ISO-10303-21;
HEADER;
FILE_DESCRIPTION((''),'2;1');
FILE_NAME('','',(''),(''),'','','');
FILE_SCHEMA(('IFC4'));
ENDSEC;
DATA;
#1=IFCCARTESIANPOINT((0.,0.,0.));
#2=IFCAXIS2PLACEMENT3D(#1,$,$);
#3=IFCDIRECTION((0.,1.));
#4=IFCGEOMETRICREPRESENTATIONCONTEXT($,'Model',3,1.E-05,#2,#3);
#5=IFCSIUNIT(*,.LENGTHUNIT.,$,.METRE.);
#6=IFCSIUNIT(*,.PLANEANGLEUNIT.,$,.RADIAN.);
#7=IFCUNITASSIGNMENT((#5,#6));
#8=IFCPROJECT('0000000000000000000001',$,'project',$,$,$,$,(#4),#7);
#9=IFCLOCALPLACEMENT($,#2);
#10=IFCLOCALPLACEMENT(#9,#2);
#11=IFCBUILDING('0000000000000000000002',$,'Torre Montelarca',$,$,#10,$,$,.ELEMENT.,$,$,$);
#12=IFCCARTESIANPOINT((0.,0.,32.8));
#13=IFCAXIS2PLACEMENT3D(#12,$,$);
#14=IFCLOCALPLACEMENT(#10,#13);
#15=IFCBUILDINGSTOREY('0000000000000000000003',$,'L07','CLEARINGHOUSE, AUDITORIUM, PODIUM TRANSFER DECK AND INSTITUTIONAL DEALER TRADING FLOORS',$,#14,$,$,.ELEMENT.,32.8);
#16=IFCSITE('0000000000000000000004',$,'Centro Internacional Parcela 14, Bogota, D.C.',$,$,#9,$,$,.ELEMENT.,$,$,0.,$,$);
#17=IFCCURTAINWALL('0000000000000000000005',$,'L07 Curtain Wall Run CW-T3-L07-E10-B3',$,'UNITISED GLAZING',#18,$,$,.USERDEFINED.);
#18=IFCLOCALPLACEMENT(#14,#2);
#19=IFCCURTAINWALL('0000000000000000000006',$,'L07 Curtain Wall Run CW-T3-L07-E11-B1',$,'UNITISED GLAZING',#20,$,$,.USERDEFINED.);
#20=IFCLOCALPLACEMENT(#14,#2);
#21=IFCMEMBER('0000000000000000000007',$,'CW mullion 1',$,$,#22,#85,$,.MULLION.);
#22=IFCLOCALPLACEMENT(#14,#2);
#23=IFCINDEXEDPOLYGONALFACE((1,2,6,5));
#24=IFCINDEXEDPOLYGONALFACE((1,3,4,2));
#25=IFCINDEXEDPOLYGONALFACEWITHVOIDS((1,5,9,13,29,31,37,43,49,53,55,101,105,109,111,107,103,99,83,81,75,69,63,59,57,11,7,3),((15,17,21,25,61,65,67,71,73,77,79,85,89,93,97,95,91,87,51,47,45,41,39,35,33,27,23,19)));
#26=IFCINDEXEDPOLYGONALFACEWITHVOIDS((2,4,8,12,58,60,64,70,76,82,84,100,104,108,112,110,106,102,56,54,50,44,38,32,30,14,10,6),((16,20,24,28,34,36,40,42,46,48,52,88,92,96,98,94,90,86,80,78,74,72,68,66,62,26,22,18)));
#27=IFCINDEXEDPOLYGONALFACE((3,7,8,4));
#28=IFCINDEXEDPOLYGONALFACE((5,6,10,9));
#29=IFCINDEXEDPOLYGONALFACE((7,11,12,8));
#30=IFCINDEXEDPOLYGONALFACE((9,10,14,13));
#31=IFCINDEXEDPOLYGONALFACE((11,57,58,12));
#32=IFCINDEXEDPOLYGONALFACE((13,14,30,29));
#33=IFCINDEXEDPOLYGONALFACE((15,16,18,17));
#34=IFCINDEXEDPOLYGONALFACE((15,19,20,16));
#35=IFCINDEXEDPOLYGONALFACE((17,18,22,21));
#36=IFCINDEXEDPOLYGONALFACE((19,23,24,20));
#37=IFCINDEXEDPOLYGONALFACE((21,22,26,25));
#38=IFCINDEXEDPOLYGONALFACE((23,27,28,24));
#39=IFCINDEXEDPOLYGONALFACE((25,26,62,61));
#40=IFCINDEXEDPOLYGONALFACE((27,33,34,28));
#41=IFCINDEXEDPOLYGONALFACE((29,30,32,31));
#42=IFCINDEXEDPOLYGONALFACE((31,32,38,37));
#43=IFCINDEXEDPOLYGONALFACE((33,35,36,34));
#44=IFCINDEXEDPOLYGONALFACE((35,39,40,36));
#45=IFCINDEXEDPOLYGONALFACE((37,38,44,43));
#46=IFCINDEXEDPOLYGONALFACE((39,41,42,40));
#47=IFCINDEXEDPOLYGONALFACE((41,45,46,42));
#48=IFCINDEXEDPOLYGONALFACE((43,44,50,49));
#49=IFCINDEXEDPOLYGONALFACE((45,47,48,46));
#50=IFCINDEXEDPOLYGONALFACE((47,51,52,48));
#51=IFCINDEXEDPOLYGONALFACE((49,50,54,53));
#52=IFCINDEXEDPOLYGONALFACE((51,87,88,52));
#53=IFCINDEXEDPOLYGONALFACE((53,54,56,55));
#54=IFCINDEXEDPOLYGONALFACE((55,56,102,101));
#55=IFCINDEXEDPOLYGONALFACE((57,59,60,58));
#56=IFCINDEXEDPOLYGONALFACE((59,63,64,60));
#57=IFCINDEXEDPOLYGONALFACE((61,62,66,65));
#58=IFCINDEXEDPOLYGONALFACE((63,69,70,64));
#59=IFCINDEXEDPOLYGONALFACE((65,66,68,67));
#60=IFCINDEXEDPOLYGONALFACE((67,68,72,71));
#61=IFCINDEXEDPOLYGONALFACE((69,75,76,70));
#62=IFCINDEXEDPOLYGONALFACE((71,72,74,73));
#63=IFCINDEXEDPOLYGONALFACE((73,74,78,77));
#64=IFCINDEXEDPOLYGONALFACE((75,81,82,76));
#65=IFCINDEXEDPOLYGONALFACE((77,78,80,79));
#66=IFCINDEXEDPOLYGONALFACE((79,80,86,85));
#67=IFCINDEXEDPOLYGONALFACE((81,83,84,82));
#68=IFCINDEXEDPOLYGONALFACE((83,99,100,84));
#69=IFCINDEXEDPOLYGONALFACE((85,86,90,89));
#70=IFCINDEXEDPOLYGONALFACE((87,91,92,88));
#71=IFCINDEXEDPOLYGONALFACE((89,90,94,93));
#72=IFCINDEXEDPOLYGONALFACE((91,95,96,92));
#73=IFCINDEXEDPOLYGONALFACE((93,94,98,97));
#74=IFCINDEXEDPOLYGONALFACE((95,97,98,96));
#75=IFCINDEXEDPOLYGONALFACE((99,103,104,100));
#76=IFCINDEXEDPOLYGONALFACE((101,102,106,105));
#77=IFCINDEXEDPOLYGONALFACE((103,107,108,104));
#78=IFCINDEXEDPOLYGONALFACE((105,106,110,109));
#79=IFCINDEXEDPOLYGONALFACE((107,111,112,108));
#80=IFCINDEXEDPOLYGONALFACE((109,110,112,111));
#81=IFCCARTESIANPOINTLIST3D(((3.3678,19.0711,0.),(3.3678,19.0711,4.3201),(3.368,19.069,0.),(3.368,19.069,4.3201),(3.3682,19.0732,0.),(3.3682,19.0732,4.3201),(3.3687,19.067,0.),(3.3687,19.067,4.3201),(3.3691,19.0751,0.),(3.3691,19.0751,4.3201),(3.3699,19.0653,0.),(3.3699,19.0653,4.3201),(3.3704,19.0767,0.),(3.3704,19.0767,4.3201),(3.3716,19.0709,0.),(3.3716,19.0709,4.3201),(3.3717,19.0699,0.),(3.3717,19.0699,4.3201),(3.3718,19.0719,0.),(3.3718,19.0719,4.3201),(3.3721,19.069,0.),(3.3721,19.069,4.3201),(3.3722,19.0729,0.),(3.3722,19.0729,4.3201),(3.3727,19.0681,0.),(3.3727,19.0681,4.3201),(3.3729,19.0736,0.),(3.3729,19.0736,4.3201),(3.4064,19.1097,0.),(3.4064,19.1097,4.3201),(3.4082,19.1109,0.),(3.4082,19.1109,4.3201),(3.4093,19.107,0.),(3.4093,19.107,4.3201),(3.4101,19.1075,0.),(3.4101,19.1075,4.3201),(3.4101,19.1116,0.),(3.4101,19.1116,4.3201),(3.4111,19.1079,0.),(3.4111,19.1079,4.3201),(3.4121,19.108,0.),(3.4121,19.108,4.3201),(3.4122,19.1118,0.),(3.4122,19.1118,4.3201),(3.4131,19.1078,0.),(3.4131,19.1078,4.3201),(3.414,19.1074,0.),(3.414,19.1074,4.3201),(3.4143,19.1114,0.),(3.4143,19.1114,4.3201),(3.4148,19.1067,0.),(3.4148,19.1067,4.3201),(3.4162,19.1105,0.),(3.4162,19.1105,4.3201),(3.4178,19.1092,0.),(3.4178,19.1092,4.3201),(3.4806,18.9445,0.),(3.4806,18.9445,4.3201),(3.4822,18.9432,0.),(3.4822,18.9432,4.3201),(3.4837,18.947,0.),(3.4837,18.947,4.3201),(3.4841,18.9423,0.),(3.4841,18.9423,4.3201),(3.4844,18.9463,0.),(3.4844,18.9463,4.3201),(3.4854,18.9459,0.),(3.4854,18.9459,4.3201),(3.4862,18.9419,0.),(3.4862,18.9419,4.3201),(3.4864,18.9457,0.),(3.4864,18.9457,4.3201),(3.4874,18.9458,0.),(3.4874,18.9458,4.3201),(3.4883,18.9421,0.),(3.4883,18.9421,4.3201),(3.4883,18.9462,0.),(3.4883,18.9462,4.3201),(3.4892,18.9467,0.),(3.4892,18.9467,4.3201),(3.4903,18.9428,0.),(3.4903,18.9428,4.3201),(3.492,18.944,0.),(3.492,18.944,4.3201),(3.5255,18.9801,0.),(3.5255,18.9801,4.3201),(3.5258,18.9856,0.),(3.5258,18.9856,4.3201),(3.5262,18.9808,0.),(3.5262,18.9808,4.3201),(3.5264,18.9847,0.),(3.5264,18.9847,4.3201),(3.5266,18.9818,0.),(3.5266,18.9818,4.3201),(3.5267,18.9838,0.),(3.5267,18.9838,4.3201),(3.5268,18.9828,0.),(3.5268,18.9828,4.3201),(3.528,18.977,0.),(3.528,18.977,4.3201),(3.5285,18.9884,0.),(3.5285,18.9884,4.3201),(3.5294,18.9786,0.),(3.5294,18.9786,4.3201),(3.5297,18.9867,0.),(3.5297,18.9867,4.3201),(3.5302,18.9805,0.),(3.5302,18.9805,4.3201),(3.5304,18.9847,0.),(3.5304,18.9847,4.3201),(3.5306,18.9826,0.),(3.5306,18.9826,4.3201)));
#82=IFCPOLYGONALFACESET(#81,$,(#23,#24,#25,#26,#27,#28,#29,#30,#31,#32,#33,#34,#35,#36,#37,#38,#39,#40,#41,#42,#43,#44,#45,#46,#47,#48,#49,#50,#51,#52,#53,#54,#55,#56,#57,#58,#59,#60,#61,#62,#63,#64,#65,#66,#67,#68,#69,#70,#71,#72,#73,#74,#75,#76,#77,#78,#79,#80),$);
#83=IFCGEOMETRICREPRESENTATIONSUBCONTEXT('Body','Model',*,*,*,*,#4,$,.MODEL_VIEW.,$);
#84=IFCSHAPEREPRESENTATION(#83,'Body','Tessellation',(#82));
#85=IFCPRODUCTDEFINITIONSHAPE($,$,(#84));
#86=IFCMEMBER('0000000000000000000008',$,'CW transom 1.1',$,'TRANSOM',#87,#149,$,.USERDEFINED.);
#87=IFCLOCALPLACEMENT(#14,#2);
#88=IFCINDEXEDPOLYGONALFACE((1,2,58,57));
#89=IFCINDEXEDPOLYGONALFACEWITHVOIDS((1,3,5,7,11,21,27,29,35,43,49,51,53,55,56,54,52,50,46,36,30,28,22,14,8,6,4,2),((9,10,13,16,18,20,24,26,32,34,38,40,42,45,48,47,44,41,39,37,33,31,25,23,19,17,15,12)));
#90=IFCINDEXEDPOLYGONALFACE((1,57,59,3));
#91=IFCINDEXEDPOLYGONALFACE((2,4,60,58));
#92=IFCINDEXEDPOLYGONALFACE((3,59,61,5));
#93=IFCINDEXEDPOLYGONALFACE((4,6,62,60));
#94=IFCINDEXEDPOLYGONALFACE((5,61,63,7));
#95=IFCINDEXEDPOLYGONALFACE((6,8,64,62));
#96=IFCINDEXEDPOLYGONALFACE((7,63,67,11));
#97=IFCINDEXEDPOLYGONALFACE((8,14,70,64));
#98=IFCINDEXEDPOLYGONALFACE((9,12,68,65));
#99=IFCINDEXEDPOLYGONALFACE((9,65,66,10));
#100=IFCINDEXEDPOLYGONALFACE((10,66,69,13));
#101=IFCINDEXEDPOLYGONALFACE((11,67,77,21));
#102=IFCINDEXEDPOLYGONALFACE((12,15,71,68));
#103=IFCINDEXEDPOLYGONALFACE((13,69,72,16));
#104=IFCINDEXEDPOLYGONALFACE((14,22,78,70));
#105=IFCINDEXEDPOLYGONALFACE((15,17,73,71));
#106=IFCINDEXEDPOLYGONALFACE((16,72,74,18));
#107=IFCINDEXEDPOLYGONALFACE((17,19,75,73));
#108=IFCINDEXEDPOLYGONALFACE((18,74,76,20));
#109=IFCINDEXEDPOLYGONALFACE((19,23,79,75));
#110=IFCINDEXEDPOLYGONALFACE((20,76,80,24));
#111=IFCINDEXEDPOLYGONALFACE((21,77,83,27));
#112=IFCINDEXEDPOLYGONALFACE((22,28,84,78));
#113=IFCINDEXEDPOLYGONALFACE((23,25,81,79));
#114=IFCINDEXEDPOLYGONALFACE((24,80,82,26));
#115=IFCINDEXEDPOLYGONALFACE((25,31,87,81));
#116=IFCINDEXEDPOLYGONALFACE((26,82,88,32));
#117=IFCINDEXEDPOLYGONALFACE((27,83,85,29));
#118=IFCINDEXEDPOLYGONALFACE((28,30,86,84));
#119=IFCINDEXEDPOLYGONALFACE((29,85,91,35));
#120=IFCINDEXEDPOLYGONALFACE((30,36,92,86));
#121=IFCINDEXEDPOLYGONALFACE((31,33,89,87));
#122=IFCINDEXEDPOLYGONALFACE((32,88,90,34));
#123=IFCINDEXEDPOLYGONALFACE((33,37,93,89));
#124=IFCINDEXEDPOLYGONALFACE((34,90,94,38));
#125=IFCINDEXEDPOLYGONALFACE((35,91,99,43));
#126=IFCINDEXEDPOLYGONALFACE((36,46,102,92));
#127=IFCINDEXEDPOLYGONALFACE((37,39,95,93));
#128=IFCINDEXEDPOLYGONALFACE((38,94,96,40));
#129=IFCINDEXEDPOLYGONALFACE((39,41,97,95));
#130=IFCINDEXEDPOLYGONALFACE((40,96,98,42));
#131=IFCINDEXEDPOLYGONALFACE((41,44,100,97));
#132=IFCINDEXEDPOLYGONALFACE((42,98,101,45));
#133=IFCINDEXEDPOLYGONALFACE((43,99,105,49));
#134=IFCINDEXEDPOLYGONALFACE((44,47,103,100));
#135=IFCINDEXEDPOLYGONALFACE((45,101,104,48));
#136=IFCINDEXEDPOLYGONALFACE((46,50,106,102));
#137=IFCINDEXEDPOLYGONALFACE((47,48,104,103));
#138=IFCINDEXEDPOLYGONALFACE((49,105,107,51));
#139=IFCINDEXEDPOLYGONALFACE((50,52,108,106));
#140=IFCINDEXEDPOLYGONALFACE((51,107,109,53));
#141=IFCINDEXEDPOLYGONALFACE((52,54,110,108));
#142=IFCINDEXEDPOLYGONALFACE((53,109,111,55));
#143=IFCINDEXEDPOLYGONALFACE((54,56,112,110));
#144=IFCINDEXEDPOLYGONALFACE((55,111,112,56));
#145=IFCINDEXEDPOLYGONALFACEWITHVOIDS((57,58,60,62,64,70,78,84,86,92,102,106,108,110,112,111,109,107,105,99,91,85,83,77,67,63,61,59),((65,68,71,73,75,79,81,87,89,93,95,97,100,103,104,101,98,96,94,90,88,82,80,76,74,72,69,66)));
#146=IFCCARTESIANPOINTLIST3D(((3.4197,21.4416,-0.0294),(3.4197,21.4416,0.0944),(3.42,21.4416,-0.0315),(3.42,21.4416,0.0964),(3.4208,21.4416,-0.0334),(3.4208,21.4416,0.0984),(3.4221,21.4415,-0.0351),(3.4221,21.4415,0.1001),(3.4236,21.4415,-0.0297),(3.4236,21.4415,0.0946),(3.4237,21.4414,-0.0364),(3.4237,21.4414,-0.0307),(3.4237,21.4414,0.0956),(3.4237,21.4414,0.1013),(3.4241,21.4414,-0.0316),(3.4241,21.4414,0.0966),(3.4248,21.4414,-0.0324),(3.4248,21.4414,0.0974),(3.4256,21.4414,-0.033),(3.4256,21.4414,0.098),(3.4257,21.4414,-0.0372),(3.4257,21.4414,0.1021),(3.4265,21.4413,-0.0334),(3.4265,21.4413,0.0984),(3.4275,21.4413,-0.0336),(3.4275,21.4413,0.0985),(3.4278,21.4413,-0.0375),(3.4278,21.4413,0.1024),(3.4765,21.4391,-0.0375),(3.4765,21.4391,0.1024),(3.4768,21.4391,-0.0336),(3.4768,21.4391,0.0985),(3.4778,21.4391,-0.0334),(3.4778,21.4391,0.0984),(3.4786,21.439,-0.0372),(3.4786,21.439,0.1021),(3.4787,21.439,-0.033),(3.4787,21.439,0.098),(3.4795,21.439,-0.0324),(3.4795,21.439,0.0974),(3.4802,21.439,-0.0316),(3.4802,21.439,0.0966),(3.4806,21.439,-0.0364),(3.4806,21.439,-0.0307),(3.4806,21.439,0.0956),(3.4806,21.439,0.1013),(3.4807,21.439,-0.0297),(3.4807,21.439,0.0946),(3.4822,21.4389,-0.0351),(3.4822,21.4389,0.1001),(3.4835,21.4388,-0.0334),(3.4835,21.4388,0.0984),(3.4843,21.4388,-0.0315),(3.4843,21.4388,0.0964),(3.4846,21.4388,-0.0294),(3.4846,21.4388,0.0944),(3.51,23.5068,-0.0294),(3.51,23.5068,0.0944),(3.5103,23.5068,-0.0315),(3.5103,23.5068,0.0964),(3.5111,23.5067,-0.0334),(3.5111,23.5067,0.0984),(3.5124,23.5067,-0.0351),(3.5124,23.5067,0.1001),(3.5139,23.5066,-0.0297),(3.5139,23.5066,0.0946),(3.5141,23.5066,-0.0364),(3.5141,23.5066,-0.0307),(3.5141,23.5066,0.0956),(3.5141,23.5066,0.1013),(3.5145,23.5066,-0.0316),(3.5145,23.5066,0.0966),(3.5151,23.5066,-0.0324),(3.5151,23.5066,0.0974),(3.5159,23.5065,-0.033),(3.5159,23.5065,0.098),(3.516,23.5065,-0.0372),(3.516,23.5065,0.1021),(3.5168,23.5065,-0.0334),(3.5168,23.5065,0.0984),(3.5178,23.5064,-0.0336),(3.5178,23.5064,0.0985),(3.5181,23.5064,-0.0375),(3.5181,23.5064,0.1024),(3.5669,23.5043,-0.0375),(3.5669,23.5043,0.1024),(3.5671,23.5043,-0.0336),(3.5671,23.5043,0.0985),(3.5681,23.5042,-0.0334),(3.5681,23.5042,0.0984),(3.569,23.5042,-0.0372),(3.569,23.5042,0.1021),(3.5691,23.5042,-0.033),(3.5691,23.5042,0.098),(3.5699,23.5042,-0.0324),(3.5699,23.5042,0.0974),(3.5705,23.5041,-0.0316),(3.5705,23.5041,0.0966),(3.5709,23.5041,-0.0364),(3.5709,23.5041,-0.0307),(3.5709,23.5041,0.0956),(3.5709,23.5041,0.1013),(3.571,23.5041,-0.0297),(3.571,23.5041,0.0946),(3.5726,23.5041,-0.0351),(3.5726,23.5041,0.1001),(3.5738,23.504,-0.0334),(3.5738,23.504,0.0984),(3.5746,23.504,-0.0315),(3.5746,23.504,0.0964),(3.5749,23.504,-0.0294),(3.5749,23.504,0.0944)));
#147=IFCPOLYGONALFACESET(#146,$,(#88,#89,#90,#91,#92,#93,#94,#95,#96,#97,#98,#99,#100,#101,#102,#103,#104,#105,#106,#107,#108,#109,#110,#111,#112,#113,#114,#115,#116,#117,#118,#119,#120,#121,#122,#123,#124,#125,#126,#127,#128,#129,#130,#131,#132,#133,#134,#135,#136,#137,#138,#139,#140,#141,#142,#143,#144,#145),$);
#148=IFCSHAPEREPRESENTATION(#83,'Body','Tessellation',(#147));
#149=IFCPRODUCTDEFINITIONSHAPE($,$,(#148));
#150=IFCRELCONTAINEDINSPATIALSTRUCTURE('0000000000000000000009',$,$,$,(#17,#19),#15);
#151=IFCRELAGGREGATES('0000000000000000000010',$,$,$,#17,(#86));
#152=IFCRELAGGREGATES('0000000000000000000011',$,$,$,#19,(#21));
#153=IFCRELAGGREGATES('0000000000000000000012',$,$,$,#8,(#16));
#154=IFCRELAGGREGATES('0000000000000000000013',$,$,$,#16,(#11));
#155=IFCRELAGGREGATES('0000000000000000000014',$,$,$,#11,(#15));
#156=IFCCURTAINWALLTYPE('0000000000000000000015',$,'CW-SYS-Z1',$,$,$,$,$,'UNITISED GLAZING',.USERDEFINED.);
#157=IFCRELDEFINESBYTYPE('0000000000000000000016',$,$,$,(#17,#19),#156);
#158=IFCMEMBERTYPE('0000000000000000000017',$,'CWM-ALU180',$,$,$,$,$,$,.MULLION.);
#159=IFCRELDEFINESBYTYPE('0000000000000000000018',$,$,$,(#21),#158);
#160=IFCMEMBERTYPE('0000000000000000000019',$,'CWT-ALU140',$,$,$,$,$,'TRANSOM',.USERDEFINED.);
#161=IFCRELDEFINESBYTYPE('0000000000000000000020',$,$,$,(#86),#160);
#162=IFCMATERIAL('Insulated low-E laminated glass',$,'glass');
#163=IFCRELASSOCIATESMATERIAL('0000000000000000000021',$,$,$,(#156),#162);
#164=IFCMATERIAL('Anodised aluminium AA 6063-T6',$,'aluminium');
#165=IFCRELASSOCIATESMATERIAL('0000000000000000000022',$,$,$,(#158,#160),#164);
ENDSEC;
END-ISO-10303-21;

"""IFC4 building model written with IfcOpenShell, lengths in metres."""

from ifc_helpers import new_model, si_unit, direction, frame, origin, origin_2d, place, context, subcontext, project, spatial, hollow_rectangle, extrude, source, transform, mapped, material, material_profile, profile_set, type_object, element, aggregate, save


model = new_model("IFC4")

# Units and contexts
model_context = context("Model", 3, precision=1e-05, world=origin(), true_north=direction((0.0, 1.0)))
body_context = subcontext(model_context, "Body", "Model", "MODEL_VIEW")
ifc_project = project(units=[si_unit("LENGTHUNIT", "METRE"), si_unit("PLANEANGLEUNIT", "RADIAN")], contexts=[model_context])

# Site, building, storey
site_placement = place(None, origin())
site = spatial("IfcSite", under=ifc_project, at=site_placement, Name="Centro Internacional Parcela 14, Bogota, D.C.", CompositionType="ELEMENT", RefElevation=0.0)
building_placement = place(site_placement, origin())
building = spatial("IfcBuilding", under=site, at=building_placement, Name="Torre Montelarca", CompositionType="ELEMENT")
storey_placement = place(building_placement, frame((0.0, 0.0, 32.8)))
storey = spatial("IfcBuildingStorey", under=building, at=storey_placement, Name="L07", Description="CLEARINGHOUSE, AUDITORIUM, PODIUM TRANSFER DECK AND INSTITUTIONAL DEALER TRADING FLOORS", CompositionType="ELEMENT", Elevation=32.8)

# Shared definitions
ifc_material_1 = material(Name="Insulated low-E laminated glass", Category="glass")
curtain_wall_type = type_object("IfcCurtainWallType", Name="CW-SYS-Z1", ElementType="UNITISED GLAZING", PredefinedType="USERDEFINED", material=ifc_material_1)
ifc_material_2 = material(Name="Anodised aluminium AA 6063-T6", Category="aluminium")
ifc_material_profile_1 = material_profile(ifc_material_2, hollow_rectangle(XDim=0.0649, YDim=0.1799, WallThickness=0.0039, InnerFilletRadius=0.0039, OuterFilletRadius=0.0081, at=origin_2d()), Name="ALU65X180X4", Category="aluminium")
ifc_profile_set_1 = profile_set([ifc_material_profile_1], Name="Anodised aluminium AA 6063-T6")
member_type_1 = type_object("IfcMemberType", Name="CWM-ALU180", PredefinedType="MULLION", material=ifc_profile_set_1)
shared_shape_1 = source(origin(), body_context, "Body", "SweptSolid", [
    extrude(hollow_rectangle(XDim=0.0649, YDim=0.1799, WallThickness=0.0039, InnerFilletRadius=0.0039, OuterFilletRadius=0.0081, at=origin_2d()), origin(), (0.0, 0.0, 1.0), 4.3201),
])

# Curtain wall
curtain_wall_1_placement = place(storey_placement, origin())
curtain_wall_1 = element("IfcCurtainWall", 1, at=curtain_wall_1_placement, inside=storey, type_object=curtain_wall_type, Name="L07 Curtain Wall Run CW-T3-L07-E10-B3", ObjectType="UNITISED GLAZING", PredefinedType="USERDEFINED")

# Curtain wall, member
curtain_wall_2_placement = place(storey_placement, origin())
curtain_wall_2 = element("IfcCurtainWall", 2, at=curtain_wall_2_placement, inside=storey, type_object=curtain_wall_type, Name="L07 Curtain Wall Run CW-T3-L07-E11-B1", ObjectType="UNITISED GLAZING", PredefinedType="USERDEFINED")
member_1_placement = place(storey_placement, frame((3.4492, 19.0269, 0.0), z_axis=(0.0, 0.0, 1.0), x_axis=(0.737282, 0.675585, 0.0)))
member_1 = element("IfcMember", 3, at=member_1_placement, type_object=member_type_1, Name="CW mullion 1", PredefinedType="MULLION", context=body_context, shape_type="MappedRepresentation", body=[
    mapped(shared_shape_1, transform((0.0, 0.0, 0.0), scale=1.0)),
])

# Member
ifc_material_profile_2 = material_profile(ifc_material_2, hollow_rectangle(XDim=0.0649, YDim=0.1399, WallThickness=0.0039, InnerFilletRadius=0.0039, OuterFilletRadius=0.0081, at=origin_2d()), Name="ALU65X140X4", Category="aluminium")
ifc_profile_set_2 = profile_set([ifc_material_profile_2], Name="Anodised aluminium AA 6063-T6")
member_type_2 = type_object("IfcMemberType", Name="CWT-ALU140", ElementType="TRANSOM", PredefinedType="USERDEFINED", material=ifc_profile_set_2)
shared_shape_2 = source(origin(), body_context, "Body", "SweptSolid", [
    extrude(hollow_rectangle(XDim=0.0649, YDim=0.1399, WallThickness=0.0039, InnerFilletRadius=0.0039, OuterFilletRadius=0.0081, at=origin_2d()), origin(), (0.0, 0.0, 1.0), 2.0671),
])
member_2_placement = place(storey_placement, frame((3.5425, 23.5054, 0.0325), z_axis=(-0.043699, -0.999045, 0.0), x_axis=(0.999045, -0.043699, 0.0)))
member_2 = element("IfcMember", 4, at=member_2_placement, type_object=member_type_2, Name="CW transom 1.1", ObjectType="TRANSOM", PredefinedType="USERDEFINED", context=body_context, shape_type="MappedRepresentation", body=[
    mapped(shared_shape_2, transform((0.0, 0.0, 0.0), scale=1.0)),
])

aggregate(curtain_wall_1, [member_2])
aggregate(curtain_wall_2, [member_1])

save(model, "model.ifc")
